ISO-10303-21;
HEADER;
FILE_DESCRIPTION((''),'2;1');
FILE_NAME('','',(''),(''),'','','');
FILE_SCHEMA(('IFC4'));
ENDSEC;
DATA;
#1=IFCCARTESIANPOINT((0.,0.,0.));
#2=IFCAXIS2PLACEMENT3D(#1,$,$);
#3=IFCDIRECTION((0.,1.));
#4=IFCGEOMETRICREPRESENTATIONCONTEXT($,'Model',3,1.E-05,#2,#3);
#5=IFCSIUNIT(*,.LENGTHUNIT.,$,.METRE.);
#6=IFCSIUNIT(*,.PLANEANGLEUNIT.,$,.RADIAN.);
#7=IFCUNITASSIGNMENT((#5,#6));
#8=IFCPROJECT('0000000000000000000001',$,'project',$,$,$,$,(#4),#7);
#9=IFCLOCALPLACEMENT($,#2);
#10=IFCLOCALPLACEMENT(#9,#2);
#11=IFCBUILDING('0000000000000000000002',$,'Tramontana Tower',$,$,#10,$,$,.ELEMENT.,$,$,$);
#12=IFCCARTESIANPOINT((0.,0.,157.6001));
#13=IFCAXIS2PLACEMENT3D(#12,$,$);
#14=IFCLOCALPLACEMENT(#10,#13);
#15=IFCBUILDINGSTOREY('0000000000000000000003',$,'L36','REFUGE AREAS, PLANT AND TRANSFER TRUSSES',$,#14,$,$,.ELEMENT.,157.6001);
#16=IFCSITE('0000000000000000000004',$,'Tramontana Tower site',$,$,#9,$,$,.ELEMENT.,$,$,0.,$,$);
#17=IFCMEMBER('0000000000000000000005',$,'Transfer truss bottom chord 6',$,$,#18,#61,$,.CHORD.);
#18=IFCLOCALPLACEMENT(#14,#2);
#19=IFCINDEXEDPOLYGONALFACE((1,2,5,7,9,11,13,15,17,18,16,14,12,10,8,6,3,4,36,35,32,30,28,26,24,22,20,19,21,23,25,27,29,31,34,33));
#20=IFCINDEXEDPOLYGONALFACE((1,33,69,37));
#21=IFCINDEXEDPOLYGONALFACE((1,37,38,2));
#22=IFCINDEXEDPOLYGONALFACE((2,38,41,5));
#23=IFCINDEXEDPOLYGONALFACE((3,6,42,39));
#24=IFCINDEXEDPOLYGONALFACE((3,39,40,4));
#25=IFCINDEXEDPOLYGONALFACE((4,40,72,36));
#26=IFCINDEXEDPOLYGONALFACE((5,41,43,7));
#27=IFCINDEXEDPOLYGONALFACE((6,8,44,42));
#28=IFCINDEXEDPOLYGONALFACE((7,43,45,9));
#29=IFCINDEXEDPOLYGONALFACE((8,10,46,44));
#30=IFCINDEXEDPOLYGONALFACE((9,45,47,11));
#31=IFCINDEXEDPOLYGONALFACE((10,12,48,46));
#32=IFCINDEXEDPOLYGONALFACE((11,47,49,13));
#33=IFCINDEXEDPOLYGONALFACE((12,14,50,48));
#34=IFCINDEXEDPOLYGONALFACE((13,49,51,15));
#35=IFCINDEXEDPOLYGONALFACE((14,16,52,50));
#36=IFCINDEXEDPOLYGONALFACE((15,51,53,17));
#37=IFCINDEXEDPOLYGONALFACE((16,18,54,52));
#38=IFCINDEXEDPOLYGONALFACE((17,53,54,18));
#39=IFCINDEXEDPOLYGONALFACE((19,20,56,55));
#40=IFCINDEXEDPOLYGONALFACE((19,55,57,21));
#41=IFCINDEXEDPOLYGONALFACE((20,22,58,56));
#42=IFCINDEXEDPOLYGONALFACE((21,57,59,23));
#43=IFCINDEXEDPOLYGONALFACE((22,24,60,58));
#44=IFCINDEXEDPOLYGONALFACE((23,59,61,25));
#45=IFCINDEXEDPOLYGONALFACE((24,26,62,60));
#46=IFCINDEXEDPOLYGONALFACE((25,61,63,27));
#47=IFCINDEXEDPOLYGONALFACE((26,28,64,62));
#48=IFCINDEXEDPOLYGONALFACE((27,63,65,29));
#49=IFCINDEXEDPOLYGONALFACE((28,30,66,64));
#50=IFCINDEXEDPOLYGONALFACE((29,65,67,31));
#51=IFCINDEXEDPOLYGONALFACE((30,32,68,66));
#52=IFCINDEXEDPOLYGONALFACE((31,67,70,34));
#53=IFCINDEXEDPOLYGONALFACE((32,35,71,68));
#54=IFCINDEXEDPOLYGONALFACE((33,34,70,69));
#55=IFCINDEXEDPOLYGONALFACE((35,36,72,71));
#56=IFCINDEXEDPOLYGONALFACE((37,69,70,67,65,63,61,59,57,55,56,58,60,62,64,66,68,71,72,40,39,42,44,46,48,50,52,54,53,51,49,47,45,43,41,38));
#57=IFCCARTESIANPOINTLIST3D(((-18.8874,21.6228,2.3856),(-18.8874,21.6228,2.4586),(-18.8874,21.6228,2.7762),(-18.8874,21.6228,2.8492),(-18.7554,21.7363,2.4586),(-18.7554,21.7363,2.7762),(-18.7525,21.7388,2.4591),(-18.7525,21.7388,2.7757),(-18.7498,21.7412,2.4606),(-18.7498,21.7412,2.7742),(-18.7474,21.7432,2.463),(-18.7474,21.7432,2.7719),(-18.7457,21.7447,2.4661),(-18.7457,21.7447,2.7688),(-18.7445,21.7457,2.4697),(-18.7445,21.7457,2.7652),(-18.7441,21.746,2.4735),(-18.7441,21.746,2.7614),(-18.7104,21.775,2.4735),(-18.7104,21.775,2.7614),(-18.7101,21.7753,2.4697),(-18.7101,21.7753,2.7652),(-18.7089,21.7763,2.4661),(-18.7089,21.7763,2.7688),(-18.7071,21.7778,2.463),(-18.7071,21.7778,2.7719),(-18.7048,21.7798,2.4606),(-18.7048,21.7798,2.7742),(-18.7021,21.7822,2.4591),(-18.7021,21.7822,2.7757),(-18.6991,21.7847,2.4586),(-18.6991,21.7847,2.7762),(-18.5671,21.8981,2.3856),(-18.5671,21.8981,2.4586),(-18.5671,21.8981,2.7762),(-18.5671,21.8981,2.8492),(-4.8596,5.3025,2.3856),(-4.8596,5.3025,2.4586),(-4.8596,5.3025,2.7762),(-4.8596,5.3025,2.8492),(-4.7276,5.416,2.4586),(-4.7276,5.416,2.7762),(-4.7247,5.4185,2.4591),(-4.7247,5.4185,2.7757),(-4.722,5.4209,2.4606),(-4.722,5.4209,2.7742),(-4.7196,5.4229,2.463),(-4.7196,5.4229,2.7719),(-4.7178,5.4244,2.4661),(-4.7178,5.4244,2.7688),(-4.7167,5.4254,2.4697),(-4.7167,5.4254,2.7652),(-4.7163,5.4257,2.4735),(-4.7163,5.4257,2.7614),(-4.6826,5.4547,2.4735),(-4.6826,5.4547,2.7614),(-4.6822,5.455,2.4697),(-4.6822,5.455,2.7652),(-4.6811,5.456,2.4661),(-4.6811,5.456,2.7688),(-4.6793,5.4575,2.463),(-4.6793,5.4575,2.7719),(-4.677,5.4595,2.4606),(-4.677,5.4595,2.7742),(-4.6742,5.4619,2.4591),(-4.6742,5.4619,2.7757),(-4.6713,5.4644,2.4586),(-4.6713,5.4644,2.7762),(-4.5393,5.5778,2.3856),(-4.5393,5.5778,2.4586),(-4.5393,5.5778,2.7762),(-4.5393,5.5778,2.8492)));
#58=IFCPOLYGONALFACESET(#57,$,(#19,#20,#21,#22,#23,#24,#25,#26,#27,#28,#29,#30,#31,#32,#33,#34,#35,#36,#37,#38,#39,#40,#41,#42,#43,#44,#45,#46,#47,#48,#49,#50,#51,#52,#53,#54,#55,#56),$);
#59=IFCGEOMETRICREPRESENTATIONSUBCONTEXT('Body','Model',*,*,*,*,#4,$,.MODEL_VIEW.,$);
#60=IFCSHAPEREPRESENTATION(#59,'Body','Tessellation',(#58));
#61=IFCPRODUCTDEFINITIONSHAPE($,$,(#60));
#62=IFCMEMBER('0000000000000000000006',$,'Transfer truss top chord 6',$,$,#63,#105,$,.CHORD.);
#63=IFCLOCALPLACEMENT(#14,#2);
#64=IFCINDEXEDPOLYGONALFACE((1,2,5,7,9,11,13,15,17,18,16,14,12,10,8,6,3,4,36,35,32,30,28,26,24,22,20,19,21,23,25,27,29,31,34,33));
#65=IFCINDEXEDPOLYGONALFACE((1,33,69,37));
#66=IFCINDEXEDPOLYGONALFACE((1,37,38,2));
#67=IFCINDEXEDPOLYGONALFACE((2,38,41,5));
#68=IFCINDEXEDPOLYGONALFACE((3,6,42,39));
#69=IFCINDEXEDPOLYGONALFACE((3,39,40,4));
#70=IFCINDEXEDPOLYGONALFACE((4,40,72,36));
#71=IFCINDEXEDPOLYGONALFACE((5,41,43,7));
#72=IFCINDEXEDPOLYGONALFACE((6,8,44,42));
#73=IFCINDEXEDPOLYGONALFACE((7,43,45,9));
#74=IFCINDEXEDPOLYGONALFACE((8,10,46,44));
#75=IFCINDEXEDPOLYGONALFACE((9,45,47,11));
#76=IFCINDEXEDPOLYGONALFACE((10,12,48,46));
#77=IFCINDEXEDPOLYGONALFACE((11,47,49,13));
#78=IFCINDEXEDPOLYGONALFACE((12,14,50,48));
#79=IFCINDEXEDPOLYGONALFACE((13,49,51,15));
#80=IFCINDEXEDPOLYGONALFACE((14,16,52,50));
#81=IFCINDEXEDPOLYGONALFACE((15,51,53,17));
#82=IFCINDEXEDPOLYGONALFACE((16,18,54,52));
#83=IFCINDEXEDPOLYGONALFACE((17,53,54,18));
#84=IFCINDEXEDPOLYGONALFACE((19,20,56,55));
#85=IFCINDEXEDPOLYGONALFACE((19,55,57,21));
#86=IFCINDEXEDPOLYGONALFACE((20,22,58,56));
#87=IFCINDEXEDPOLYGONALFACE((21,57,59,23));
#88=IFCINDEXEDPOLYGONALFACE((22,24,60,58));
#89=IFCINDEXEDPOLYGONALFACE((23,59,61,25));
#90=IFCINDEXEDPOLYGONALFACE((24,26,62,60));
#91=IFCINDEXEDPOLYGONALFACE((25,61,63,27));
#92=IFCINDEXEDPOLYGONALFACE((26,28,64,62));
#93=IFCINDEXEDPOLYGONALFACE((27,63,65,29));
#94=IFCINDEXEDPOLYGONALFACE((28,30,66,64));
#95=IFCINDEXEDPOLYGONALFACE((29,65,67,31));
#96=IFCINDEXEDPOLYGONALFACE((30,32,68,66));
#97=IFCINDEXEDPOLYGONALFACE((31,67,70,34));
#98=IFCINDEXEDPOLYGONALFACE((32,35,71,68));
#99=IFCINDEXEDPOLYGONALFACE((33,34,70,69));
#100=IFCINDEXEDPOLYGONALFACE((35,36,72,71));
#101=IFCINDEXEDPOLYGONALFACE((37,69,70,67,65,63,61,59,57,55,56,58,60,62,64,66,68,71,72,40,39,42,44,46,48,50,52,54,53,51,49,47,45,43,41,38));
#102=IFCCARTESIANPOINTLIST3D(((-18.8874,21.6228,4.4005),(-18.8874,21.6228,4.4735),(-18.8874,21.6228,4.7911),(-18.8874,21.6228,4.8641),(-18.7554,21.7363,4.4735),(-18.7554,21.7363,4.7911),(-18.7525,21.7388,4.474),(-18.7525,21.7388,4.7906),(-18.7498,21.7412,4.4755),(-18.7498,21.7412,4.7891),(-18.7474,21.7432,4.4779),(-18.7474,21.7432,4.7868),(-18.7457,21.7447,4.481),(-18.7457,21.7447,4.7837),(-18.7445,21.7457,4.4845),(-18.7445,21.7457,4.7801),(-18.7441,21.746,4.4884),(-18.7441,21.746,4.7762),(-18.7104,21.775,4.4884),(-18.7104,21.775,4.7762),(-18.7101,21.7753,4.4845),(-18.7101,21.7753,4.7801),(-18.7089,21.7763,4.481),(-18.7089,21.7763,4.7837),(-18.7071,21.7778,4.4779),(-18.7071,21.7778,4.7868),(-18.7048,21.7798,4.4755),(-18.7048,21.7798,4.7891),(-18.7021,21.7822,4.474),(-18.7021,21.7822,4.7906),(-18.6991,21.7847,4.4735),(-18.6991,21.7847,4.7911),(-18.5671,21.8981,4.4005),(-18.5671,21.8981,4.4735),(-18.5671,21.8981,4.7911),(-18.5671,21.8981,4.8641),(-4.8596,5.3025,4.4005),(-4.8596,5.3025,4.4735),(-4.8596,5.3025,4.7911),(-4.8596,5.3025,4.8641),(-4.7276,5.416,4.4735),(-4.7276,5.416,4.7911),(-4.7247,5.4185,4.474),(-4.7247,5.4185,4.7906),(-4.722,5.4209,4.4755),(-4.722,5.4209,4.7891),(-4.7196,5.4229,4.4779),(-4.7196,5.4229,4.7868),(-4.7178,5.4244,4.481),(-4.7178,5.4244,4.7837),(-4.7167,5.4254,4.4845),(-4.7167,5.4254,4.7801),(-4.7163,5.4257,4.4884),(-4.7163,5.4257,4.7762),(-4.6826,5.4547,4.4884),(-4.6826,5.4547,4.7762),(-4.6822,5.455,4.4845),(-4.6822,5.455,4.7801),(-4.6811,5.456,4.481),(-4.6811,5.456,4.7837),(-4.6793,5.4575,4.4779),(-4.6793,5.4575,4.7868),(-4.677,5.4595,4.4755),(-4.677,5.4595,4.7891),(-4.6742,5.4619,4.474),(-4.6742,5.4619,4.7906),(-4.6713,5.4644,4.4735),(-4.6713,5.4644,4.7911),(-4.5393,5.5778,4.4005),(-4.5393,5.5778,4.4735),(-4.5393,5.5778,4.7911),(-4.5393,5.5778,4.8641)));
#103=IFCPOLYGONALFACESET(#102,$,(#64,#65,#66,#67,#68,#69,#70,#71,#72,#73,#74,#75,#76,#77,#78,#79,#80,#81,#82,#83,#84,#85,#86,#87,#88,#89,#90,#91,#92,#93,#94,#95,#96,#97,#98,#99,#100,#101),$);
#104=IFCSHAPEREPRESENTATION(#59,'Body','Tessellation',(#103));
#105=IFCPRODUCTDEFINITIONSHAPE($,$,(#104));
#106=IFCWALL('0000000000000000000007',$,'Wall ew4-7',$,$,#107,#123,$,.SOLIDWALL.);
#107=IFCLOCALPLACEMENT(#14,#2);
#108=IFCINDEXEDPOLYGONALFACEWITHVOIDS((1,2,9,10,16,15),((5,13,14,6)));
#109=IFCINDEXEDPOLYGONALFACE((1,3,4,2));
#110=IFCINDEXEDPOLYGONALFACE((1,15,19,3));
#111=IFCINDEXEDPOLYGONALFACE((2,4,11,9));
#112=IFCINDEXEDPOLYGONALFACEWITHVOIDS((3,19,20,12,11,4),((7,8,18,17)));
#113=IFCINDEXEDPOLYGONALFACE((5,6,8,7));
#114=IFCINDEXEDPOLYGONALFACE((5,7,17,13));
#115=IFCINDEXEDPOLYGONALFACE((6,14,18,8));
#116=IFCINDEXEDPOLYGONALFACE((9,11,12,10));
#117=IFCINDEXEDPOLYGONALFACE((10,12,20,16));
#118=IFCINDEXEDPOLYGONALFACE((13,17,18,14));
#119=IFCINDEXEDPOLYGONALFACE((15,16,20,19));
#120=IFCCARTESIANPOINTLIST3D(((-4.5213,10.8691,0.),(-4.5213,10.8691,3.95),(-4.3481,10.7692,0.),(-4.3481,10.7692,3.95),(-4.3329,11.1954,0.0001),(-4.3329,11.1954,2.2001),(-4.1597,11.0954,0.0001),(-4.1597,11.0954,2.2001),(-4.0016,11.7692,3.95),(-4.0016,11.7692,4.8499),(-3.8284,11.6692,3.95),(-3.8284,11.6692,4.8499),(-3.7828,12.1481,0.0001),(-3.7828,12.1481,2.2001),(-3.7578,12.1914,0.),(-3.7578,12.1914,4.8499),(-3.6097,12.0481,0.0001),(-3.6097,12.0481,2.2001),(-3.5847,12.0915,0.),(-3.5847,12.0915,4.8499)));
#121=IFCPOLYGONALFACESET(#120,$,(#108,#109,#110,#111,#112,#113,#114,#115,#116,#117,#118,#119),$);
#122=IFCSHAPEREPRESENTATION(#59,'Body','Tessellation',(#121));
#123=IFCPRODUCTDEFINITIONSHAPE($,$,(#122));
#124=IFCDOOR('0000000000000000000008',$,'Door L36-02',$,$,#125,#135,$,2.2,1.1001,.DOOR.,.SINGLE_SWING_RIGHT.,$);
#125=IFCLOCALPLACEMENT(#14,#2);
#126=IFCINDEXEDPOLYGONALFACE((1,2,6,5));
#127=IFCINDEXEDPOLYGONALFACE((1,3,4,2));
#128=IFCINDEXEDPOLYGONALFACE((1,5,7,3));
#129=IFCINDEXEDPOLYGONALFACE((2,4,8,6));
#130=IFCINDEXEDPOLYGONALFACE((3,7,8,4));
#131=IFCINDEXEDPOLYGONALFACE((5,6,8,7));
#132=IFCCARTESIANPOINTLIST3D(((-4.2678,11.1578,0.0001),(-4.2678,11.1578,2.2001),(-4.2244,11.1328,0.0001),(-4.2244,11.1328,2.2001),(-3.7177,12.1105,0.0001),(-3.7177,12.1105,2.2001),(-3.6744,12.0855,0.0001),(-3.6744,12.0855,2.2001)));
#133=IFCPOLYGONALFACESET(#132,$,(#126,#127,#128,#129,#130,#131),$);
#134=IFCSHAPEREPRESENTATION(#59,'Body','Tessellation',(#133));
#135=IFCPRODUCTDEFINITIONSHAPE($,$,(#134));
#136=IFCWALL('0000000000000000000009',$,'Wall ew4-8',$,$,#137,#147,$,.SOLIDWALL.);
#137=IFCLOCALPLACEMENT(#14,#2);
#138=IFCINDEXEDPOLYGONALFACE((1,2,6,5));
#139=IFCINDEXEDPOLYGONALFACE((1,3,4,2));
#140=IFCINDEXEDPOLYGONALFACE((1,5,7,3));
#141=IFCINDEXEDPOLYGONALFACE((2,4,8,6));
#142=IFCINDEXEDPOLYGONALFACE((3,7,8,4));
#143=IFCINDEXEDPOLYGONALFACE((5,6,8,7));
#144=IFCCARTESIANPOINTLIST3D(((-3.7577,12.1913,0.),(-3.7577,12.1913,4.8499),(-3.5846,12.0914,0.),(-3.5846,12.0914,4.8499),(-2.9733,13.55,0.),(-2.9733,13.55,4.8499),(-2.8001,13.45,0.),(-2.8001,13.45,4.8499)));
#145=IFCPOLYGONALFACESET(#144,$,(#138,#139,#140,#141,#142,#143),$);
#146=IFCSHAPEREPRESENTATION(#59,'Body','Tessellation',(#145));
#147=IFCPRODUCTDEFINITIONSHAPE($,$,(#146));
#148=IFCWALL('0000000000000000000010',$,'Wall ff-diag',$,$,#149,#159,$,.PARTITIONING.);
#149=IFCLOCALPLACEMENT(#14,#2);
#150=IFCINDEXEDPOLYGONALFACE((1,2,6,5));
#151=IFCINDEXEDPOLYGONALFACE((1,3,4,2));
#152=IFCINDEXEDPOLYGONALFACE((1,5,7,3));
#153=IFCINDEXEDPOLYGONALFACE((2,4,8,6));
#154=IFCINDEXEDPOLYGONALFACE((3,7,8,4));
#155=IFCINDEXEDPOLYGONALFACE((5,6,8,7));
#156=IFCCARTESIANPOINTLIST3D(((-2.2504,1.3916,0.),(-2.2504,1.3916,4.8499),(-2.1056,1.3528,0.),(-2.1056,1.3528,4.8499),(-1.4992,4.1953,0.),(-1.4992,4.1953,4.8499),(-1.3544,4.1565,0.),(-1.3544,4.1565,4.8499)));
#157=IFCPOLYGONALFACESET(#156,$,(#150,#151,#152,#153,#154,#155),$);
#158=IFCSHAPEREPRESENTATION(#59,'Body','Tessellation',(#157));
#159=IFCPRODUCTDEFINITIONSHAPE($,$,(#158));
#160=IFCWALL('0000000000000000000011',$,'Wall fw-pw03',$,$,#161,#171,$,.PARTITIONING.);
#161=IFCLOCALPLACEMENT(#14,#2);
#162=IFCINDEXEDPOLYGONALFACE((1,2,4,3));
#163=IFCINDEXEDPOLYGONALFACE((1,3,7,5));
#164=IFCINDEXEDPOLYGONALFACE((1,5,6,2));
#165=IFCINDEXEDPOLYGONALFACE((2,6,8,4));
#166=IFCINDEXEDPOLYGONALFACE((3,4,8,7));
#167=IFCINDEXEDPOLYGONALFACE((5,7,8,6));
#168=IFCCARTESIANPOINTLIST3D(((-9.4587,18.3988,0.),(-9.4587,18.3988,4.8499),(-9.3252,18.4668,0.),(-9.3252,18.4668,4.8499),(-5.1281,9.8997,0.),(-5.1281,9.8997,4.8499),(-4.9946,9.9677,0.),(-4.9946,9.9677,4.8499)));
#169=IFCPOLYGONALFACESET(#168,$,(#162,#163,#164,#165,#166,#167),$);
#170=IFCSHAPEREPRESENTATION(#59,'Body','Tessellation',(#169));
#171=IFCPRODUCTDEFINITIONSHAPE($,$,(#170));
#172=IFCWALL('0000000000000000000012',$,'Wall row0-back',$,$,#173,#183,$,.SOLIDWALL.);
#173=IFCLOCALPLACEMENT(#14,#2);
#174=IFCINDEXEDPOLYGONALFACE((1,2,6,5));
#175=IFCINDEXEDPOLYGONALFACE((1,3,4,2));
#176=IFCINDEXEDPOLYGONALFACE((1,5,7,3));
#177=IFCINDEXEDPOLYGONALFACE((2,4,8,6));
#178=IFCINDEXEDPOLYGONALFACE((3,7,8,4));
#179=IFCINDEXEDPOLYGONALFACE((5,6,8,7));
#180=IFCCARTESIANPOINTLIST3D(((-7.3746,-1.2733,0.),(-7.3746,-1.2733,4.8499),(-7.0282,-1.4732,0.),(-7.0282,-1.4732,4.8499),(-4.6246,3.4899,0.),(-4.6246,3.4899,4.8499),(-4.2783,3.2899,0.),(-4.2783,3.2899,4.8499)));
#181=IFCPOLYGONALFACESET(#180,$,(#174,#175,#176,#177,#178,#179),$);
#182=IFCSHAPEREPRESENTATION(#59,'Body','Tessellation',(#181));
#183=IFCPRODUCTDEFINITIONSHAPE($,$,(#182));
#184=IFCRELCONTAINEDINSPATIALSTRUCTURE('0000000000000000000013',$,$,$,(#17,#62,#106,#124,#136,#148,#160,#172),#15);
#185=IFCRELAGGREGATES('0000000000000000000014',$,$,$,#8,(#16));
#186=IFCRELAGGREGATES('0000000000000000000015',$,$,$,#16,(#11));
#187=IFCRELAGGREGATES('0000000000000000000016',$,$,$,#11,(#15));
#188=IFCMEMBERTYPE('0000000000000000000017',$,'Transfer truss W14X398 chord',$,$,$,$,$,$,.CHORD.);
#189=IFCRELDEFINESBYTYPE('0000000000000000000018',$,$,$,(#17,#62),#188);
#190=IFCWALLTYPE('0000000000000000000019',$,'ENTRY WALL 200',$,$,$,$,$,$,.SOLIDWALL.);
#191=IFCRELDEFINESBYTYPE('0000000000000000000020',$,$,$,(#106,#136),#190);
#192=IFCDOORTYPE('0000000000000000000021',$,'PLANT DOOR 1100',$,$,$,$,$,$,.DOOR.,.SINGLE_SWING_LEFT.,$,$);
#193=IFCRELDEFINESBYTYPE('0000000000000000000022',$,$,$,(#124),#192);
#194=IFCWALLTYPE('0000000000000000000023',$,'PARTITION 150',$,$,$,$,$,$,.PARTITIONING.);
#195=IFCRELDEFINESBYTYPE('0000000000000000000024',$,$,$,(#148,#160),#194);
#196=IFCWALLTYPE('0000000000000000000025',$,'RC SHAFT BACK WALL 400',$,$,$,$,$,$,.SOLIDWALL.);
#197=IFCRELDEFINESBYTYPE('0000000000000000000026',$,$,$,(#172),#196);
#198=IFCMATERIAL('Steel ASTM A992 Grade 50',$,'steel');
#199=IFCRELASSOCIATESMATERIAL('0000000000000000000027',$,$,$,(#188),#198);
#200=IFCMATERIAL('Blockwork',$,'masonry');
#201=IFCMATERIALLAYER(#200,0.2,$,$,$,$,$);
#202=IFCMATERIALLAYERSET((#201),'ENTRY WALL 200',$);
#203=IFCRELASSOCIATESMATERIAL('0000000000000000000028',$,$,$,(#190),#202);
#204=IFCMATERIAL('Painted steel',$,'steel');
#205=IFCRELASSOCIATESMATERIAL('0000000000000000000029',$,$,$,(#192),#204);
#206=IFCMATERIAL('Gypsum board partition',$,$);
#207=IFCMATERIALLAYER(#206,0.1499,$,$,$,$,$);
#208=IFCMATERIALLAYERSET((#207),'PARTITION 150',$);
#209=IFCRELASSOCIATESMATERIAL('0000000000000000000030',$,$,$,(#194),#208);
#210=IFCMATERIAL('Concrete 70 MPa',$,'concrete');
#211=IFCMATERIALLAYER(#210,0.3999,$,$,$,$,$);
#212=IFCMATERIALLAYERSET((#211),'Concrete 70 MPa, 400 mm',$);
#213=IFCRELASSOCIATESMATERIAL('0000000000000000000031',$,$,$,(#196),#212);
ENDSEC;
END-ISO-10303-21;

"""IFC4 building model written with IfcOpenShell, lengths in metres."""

from ifc_helpers import new_model, si_unit, direction, frame, frame_2d, origin, origin_2d, place, context, subcontext, project, spatial, polyline, rectangle, i_section, outline, extrude, material, layer, layer_set, material_profile, profile_set, type_object, element, fill, save


model = new_model("IFC4")

# Units and contexts
model_context = context("Model", 3, precision=1e-05, world=origin(), true_north=direction((0.0, 1.0)))
body_context = subcontext(model_context, "Body", "Model", "MODEL_VIEW")
ifc_project = project(units=[si_unit("LENGTHUNIT", "METRE"), si_unit("PLANEANGLEUNIT", "RADIAN")], contexts=[model_context])

# Site, building, storey
site_placement = place(None, origin())
site = spatial("IfcSite", under=ifc_project, at=site_placement, Name="Tramontana Tower site", CompositionType="ELEMENT", RefElevation=0.0)
building_placement = place(site_placement, origin())
building = spatial("IfcBuilding", under=site, at=building_placement, Name="Tramontana Tower", CompositionType="ELEMENT")
storey_placement = place(building_placement, frame((0.0, 0.0, 157.6001)))
storey = spatial("IfcBuildingStorey", under=building, at=storey_placement, Name="L36", Description="REFUGE AREAS, PLANT AND TRANSFER TRUSSES", CompositionType="ELEMENT", Elevation=157.6001)

# Members
ifc_material_1 = material(Name="Steel ASTM A992 Grade 50", Category="steel")
ifc_material_profile_1 = material_profile(ifc_material_1, i_section(OverallWidth=0.4224, OverallDepth=0.4636, WebThickness=0.0444, FlangeThickness=0.073, FilletRadius=0.0149, at=origin_2d()), Name="W14X398")
ifc_profile_set_1 = profile_set([ifc_material_profile_1], Name="Steel ASTM A992 Grade 50")
member_type_1 = type_object("IfcMemberType", Name="Transfer truss W14X398 chord", PredefinedType="CHORD", material=ifc_profile_set_1)
for number, where, z_axis, x_axis, name in (
    (1, (-4.6995, 5.4402, 2.6174), (-0.651835, 0.758361, 0.0), (-0.758361, -0.651835, 0.0), "Transfer truss bottom chord 6"),
    (2, (-4.6995, 5.4402, 4.6323), (-0.651835, 0.758361, 0.0), (-0.758361, -0.651835, 0.0), "Transfer truss top chord 6"),
):
    element("IfcMember", number, at=place(storey_placement, frame(where, z_axis=z_axis, x_axis=x_axis)), inside=storey, type_object=member_type_1, Name=name, PredefinedType="CHORD", context=body_context, shape_type="SweptSolid", body=[
        extrude(i_section(OverallWidth=0.4224, OverallDepth=0.4636, WebThickness=0.0444, FlangeThickness=0.073, FilletRadius=0.0149, at=origin_2d()), origin(), (0.0, 0.0, 1.0), 21.5205),
    ])

# Wall, opening, door
ifc_material_2 = material(Name="Blockwork", Category="masonry")
ifc_layer_1 = layer(ifc_material_2, 0.2)
ifc_layer_set_1 = layer_set([ifc_layer_1], Name="ENTRY WALL 200")
wall_type_1 = type_object("IfcWallType", Name="ENTRY WALL 200", PredefinedType="SOLIDWALL", material=ifc_layer_set_1)
wall_1_placement = place(storey_placement, frame((-4.4346, 10.8191, 0.0), z_axis=(0.0, 0.0, 1.0), x_axis=(0.500009, 0.86602, 0.0)))
wall_1 = element("IfcWall", 3, at=wall_1_placement, inside=storey, type_object=wall_type_1, Name="Wall ew4-7", PredefinedType="SOLIDWALL", context=body_context, shape_type="SweptSolid", body=[
    extrude(outline(polyline([(0.0, 0.0), (1.5269, 0.0), (1.5269, 4.8499), (1.0393, 4.8499), (1.0393, 3.95), (0.0, 3.95), (0.0, 0.0)])), frame((0.0, 0.1001, 0.0), z_axis=(0.0, -1.0, 0.0), x_axis=(1.0, 0.0, 0.0)), (0.0, 0.0, 1.0), 0.2),
])
opening_1_placement = place(wall_1_placement, frame((0.3767, 0.0, 0.0)))
opening_1 = element("IfcOpeningElement", 4, at=opening_1_placement, cuts=wall_1, PredefinedType="OPENING", context=body_context, shape_type="SweptSolid", body=[
    extrude(rectangle(XDim=1.1001, YDim=2.2, at=frame_2d((0.55, 1.1001))), frame((0.0, 0.1099, 0.0), z_axis=(0.0, -1.0, 0.0), x_axis=(1.0, 0.0, 0.0)), (0.0, 0.0, 1.0), 0.22),
])
ifc_material_3 = material(Name="Painted steel", Category="steel")
door_type_1 = type_object("IfcDoorType", Name="PLANT DOOR 1100", OperationType="SINGLE_SWING_LEFT", PredefinedType="DOOR", material=ifc_material_3)
door_1_placement = place(opening_1_placement, origin())
door_1 = element("IfcDoor", 5, at=door_1_placement, inside=storey, type_object=door_type_1, Name="Door L36-02", OperationType="SINGLE_SWING_RIGHT", OverallHeight=2.2, OverallWidth=1.1001, PredefinedType="DOOR", context=body_context, shape_type="SweptSolid", body=[
    extrude(rectangle(XDim=1.1001, YDim=2.2, at=frame_2d((0.55, 1.1001))), frame((0.0, 0.0249, 0.0), z_axis=(0.0, -1.0, 0.0), x_axis=(1.0, 0.0, 0.0)), (0.0, 0.0, 1.0), 0.05),
])
fill(opening_1, door_1)

# Walls
wall_2_placement = place(storey_placement, frame((-3.6711, 12.1414, 0.0), z_axis=(0.0, 0.0, 1.0), x_axis=(0.500005, 0.866022, 0.0)))
element("IfcWall", 6, at=wall_2_placement, inside=storey, type_object=wall_type_1, Name="Wall ew4-8", PredefinedType="SOLIDWALL", context=body_context, shape_type="SweptSolid", body=[
    extrude(rectangle(XDim=1.5688, YDim=0.2, at=frame_2d((0.7844, 0.0))), origin(), (0.0, 0.0, 1.0), 4.8499),
])
ifc_material_4 = material(Name="Gypsum board partition")
ifc_layer_2 = layer(ifc_material_4, 0.1499)
ifc_layer_set_2 = layer_set([ifc_layer_2], Name="PARTITION 150")
wall_type_2 = type_object("IfcWallType", Name="PARTITION 150", PredefinedType="PARTITIONING", material=ifc_layer_set_2)
wall_3_placement = place(storey_placement, frame((-2.178, 1.3723, 0.0), z_axis=(0.0, 0.0, 1.0), x_axis=(0.258809, 0.965929, 0.0)))
element("IfcWall", 7, at=wall_3_placement, inside=storey, type_object=wall_type_2, Name="Wall ff-diag", PredefinedType="PARTITIONING", context=body_context, shape_type="SweptSolid", body=[
    extrude(rectangle(XDim=2.9026, YDim=0.1499, at=frame_2d((1.4512, 0.0))), origin(), (0.0, 0.0, 1.0), 4.8499),
])
wall_4_placement = place(storey_placement, frame((-5.0613, 9.9336, 0.0), z_axis=(0.0, 0.0, 1.0), x_axis=(-0.453999, 0.891002, 0.0)))
element("IfcWall", 8, at=wall_4_placement, inside=storey, type_object=wall_type_2, Name="Wall fw-pw03", PredefinedType="PARTITIONING", context=body_context, shape_type="SweptSolid", body=[
    extrude(rectangle(XDim=9.5388, YDim=0.1499, at=frame_2d((4.7695, 0.0))), origin(), (0.0, 0.0, 1.0), 4.8499),
])
ifc_material_5 = material(Name="Concrete 70 MPa", Category="concrete")
ifc_layer_3 = layer(ifc_material_5, 0.3999)
ifc_layer_set_3 = layer_set([ifc_layer_3], Name="Concrete 70 MPa, 400 mm")
wall_type_3 = type_object("IfcWallType", Name="RC SHAFT BACK WALL 400", PredefinedType="SOLIDWALL", material=ifc_layer_set_3)
wall_5_placement = place(storey_placement, frame((-4.4514, 3.3899, 0.0), z_axis=(0.0, 0.0, 1.0), x_axis=(-0.499997, -0.866027, 0.0)))
element("IfcWall", 9, at=wall_5_placement, inside=storey, type_object=wall_type_3, Name="Wall row0-back", PredefinedType="SOLIDWALL", context=body_context, shape_type="SweptSolid", body=[
    extrude(rectangle(XDim=5.5, YDim=0.3999, at=frame_2d((2.75, 0.0))), origin(), (0.0, 0.0, 1.0), 4.8499),
])

save(model, "model.ifc")
